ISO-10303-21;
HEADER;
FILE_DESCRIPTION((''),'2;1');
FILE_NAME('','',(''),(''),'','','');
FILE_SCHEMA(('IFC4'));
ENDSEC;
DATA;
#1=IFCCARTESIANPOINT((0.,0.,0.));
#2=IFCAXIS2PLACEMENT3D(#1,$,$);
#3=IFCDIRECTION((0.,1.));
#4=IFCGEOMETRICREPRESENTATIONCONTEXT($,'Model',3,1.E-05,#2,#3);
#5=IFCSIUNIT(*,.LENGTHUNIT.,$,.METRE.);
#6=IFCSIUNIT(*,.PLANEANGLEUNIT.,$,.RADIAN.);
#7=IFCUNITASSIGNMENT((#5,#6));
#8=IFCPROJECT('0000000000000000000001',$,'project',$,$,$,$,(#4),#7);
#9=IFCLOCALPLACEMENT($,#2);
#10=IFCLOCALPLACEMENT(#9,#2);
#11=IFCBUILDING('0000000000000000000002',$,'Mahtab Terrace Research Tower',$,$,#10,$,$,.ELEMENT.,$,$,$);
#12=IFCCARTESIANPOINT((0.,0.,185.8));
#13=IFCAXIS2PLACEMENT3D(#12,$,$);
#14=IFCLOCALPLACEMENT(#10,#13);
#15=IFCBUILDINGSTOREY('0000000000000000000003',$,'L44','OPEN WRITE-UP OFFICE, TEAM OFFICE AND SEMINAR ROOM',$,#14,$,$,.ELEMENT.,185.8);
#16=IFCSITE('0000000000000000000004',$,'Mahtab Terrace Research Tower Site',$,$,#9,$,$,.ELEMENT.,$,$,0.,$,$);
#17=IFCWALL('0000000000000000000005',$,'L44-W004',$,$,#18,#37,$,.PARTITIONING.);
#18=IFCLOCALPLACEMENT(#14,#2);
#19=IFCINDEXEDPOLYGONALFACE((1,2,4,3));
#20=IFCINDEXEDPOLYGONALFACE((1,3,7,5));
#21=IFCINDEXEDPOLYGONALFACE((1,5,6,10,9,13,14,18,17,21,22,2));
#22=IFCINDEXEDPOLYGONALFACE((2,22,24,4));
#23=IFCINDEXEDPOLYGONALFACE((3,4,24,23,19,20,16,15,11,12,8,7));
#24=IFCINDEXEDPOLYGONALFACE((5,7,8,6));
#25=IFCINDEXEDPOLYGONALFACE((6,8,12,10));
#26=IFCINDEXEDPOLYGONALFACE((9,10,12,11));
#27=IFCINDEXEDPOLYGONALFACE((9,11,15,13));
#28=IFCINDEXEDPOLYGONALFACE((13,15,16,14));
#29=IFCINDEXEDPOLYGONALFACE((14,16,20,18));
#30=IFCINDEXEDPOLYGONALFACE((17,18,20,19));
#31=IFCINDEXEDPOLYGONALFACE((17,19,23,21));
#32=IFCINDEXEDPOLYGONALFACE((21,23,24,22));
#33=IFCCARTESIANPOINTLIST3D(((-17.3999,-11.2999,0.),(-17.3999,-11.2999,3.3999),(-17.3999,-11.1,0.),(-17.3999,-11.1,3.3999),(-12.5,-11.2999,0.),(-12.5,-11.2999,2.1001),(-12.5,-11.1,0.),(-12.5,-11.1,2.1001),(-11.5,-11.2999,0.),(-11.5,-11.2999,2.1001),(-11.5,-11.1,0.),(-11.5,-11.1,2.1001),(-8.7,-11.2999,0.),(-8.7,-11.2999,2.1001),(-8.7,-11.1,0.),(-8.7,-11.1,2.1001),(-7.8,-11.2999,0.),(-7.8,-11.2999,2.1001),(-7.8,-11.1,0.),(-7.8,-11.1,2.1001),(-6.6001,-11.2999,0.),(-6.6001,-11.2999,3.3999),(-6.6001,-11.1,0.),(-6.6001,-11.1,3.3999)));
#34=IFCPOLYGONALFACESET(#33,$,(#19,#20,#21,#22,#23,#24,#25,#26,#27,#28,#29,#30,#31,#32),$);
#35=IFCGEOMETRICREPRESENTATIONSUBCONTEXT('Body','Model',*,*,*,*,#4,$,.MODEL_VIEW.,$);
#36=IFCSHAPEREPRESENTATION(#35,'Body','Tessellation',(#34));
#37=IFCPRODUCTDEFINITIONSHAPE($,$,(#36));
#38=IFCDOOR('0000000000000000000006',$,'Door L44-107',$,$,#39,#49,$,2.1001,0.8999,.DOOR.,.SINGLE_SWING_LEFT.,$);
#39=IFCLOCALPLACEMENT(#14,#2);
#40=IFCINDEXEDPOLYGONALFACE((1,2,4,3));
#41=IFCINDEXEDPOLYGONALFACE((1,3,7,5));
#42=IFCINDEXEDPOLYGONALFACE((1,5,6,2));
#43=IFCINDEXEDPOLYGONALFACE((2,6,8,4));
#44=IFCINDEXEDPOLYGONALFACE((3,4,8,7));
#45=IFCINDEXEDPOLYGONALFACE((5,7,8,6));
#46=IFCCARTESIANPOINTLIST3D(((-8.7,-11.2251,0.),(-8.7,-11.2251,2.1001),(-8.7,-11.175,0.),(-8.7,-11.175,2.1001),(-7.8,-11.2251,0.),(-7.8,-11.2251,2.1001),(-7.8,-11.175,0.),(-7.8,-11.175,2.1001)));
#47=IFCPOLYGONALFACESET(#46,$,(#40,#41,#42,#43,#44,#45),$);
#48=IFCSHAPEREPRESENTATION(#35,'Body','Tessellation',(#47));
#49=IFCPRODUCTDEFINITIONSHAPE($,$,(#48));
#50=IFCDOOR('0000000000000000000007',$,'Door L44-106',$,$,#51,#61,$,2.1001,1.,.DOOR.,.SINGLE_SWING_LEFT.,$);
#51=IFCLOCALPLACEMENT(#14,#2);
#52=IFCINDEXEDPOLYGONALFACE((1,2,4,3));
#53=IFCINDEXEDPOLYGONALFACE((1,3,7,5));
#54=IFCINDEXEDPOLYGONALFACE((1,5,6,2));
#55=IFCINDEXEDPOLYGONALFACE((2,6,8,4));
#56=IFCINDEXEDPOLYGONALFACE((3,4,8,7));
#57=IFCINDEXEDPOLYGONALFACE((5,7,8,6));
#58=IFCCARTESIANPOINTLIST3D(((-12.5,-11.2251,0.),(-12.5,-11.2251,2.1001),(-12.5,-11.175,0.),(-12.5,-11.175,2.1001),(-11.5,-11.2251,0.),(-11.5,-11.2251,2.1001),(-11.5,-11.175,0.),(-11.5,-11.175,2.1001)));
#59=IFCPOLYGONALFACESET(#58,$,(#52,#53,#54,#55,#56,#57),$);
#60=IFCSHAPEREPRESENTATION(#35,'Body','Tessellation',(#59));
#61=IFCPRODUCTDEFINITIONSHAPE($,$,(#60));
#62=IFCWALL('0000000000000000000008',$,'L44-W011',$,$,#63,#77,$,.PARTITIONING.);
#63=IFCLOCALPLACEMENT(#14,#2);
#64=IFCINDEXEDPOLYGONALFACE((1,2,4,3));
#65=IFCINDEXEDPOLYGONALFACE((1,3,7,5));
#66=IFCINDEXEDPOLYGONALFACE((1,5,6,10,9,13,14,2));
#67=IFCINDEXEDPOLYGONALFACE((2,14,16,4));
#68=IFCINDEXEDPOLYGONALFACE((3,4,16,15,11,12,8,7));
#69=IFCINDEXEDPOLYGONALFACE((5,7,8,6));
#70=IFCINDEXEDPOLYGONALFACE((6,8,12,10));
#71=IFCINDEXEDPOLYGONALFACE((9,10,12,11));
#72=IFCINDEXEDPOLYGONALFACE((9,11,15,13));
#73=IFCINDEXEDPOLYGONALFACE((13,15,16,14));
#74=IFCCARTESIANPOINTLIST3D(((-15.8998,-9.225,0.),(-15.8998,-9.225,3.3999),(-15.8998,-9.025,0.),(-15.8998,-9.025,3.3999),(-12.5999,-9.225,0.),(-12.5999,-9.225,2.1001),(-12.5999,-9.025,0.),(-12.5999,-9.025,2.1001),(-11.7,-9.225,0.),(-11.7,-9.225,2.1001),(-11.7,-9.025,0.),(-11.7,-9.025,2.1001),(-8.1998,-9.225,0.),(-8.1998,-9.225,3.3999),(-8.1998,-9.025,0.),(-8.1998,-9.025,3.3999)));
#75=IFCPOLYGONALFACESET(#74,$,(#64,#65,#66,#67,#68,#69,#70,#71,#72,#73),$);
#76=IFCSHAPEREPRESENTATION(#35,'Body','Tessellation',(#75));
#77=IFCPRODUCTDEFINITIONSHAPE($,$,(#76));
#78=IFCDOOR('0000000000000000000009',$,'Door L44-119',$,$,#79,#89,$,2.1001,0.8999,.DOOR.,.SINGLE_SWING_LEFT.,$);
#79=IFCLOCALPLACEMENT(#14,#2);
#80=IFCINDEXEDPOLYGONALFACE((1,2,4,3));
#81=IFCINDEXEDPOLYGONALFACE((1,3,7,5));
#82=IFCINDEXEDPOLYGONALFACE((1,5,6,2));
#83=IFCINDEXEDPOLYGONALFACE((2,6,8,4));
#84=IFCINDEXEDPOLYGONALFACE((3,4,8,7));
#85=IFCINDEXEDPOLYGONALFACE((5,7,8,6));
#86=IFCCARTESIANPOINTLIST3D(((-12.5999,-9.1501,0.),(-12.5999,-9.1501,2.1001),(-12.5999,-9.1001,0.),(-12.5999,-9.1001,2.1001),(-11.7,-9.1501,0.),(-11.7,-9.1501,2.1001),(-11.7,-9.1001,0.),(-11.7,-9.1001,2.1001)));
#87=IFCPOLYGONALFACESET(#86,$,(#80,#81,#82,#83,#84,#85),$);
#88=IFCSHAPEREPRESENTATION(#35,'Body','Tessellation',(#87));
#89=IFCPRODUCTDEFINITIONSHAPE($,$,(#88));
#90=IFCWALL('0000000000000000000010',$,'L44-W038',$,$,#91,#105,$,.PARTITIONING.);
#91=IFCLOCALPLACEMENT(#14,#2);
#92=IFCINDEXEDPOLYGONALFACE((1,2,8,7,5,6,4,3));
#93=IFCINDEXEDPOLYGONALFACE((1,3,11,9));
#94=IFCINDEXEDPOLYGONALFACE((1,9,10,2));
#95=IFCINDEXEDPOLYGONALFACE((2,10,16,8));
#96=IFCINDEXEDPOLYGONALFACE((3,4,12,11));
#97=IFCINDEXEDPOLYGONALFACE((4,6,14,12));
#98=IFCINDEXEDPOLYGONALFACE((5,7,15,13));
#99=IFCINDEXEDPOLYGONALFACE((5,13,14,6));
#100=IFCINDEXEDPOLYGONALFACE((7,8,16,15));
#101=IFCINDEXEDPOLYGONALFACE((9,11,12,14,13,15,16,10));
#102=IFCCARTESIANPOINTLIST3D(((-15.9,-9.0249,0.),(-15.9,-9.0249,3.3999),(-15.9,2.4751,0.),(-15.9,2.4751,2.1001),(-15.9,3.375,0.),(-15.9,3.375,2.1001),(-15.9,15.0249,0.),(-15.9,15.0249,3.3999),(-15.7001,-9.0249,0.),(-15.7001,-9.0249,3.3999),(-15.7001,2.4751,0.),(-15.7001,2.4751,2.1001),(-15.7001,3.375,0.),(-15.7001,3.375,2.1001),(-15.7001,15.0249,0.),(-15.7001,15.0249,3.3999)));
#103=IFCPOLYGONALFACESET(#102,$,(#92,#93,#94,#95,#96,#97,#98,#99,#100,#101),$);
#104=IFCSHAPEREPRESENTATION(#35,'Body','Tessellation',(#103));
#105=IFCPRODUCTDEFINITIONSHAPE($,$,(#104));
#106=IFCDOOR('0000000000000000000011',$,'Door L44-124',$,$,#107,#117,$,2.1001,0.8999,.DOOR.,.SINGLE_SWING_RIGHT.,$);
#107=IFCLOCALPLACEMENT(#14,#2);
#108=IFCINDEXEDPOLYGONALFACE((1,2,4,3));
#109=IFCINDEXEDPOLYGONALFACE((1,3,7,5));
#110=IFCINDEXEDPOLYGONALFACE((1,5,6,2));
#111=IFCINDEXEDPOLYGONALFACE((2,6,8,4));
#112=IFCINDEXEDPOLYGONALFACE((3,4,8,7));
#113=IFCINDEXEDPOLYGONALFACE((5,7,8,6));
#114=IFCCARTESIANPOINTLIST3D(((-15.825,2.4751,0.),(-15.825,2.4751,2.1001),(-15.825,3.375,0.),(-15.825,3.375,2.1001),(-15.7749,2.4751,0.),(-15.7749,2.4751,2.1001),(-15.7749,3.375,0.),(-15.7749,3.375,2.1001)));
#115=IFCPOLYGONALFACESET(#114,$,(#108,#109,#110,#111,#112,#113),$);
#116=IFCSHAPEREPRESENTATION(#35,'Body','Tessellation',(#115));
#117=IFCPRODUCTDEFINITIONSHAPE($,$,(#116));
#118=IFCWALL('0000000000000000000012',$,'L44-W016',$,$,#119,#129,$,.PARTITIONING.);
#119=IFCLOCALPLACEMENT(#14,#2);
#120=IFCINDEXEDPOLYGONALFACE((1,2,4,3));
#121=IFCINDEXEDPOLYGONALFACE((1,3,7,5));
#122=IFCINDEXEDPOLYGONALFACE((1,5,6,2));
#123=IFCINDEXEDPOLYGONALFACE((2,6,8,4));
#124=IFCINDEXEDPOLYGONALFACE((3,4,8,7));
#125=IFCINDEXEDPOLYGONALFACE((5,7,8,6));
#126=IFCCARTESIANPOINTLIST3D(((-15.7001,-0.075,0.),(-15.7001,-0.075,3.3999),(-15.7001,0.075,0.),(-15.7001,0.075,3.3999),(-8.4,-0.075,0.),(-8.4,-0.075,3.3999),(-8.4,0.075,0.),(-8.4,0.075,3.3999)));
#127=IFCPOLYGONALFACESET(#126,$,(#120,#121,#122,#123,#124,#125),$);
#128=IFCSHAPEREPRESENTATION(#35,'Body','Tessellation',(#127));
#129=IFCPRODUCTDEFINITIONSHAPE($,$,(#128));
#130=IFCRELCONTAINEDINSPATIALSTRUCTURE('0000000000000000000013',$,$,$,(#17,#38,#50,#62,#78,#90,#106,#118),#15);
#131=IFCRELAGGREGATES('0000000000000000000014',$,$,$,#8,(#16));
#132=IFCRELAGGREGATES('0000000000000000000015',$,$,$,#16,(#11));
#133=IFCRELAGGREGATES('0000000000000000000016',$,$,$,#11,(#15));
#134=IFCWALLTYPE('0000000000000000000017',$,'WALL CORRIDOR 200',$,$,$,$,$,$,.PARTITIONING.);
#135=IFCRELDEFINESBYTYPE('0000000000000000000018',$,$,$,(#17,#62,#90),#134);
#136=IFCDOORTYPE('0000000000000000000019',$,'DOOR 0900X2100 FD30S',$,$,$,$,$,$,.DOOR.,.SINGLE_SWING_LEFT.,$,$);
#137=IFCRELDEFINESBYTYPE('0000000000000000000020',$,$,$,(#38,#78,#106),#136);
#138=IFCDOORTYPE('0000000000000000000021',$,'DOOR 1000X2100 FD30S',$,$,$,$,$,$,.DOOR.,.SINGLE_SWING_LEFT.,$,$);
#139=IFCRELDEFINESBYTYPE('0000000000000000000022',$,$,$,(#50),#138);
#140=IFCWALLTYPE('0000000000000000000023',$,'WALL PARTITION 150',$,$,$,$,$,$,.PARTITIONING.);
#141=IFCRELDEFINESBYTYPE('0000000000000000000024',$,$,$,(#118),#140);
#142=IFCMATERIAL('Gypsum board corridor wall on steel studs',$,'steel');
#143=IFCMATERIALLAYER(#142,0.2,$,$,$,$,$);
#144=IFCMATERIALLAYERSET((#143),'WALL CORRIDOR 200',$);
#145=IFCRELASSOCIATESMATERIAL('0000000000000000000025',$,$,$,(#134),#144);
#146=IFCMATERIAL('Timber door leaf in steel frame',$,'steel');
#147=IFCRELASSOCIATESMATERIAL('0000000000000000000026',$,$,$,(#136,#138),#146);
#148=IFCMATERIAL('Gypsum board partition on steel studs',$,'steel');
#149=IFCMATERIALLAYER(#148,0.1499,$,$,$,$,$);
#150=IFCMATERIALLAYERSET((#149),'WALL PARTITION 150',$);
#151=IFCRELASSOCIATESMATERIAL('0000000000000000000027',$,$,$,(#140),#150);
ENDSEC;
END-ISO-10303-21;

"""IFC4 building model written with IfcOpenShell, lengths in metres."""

from ifc_helpers import new_model, si_unit, direction, frame, frame_2d, origin, place, context, subcontext, project, spatial, rectangle, extrude, material, layer, layer_set, type_object, element, fill, save


model = new_model("IFC4")

# Units and contexts
model_context = context("Model", 3, precision=1e-05, world=origin(), true_north=direction((0.0, 1.0)))
body_context = subcontext(model_context, "Body", "Model", "MODEL_VIEW")
ifc_project = project(units=[si_unit("LENGTHUNIT", "METRE"), si_unit("PLANEANGLEUNIT", "RADIAN")], contexts=[model_context])

# Site, building, storey
site_placement = place(None, origin())
site = spatial("IfcSite", under=ifc_project, at=site_placement, Name="Mahtab Terrace Research Tower Site", CompositionType="ELEMENT", RefElevation=0.0)
building_placement = place(site_placement, origin())
building = spatial("IfcBuilding", under=site, at=building_placement, Name="Mahtab Terrace Research Tower", CompositionType="ELEMENT")
storey_placement = place(building_placement, frame((0.0, 0.0, 185.8)))
storey = spatial("IfcBuildingStorey", under=building, at=storey_placement, Name="L44", Description="OPEN WRITE-UP OFFICE, TEAM OFFICE AND SEMINAR ROOM", CompositionType="ELEMENT", Elevation=185.8)

# Wall, openings, doors
ifc_material_1 = material(Name="Gypsum board corridor wall on steel studs", Category="steel")
ifc_layer_1 = layer(ifc_material_1, 0.2)
ifc_layer_set_1 = layer_set([ifc_layer_1], Name="WALL CORRIDOR 200")
wall_type_1 = type_object("IfcWallType", Name="WALL CORRIDOR 200", PredefinedType="PARTITIONING", material=ifc_layer_set_1)
wall_1_placement = place(storey_placement, frame((-17.3999, -11.2, 0.0), z_axis=(0.0, 0.0, 1.0), x_axis=(1.0, 0.0, 0.0)))
wall_1 = element("IfcWall", 1, at=wall_1_placement, inside=storey, type_object=wall_type_1, Name="L44-W004", PredefinedType="PARTITIONING", context=body_context, shape_type="SweptSolid", body=[
    extrude(rectangle(XDim=10.7998, YDim=0.2, at=frame_2d((5.3999, 0.0))), origin(), (0.0, 0.0, 1.0), 3.3999),
])
opening_1_placement = place(wall_1_placement, frame((4.8999, 0.0, 0.0)))
opening_1 = element("IfcOpeningElement", 2, at=opening_1_placement, cuts=wall_1, PredefinedType="OPENING", context=body_context, shape_type="SweptSolid", body=[
    extrude(rectangle(XDim=1.0, YDim=2.1001, at=frame_2d((0.5, 1.05))), frame((0.0, 0.1099, 0.0), z_axis=(0.0, -1.0, 0.0), x_axis=(1.0, 0.0, 0.0)), (0.0, 0.0, 1.0), 0.22),
])
opening_2_placement = place(wall_1_placement, frame((8.7, 0.0, 0.0)))
opening_2 = element("IfcOpeningElement", 3, at=opening_2_placement, cuts=wall_1, PredefinedType="OPENING", context=body_context, shape_type="SweptSolid", body=[
    extrude(rectangle(XDim=0.8999, YDim=2.1001, at=frame_2d((0.45, 1.05))), frame((0.0, 0.1099, 0.0), z_axis=(0.0, -1.0, 0.0), x_axis=(1.0, 0.0, 0.0)), (0.0, 0.0, 1.0), 0.22),
])
ifc_material_2 = material(Name="Timber door leaf in steel frame", Category="steel")
door_type_1 = type_object("IfcDoorType", Name="DOOR 0900X2100 FD30S", OperationType="SINGLE_SWING_LEFT", PredefinedType="DOOR", material=ifc_material_2)
door_1_placement = place(opening_2_placement, origin())
door_1 = element("IfcDoor", 4, at=door_1_placement, inside=storey, type_object=door_type_1, Name="Door L44-107", OperationType="SINGLE_SWING_LEFT", OverallHeight=2.1001, OverallWidth=0.8999, PredefinedType="DOOR", context=body_context, shape_type="SweptSolid", body=[
    extrude(rectangle(XDim=0.8999, YDim=2.1001, at=frame_2d((0.45, 1.05))), frame((0.0, 0.0249, 0.0), z_axis=(0.0, -1.0, 0.0), x_axis=(1.0, 0.0, 0.0)), (0.0, 0.0, 1.0), 0.05),
])
fill(opening_2, door_1)
door_type_2 = type_object("IfcDoorType", Name="DOOR 1000X2100 FD30S", OperationType="SINGLE_SWING_LEFT", PredefinedType="DOOR", material=ifc_material_2)
door_2_placement = place(opening_1_placement, origin())
door_2 = element("IfcDoor", 5, at=door_2_placement, inside=storey, type_object=door_type_2, Name="Door L44-106", OperationType="SINGLE_SWING_LEFT", OverallHeight=2.1001, OverallWidth=1.0, PredefinedType="DOOR", context=body_context, shape_type="SweptSolid", body=[
    extrude(rectangle(XDim=1.0, YDim=2.1001, at=frame_2d((0.5, 1.05))), frame((0.0, 0.0249, 0.0), z_axis=(0.0, -1.0, 0.0), x_axis=(1.0, 0.0, 0.0)), (0.0, 0.0, 1.0), 0.05),
])
fill(opening_1, door_2)

# Walls, openings, doors
wall_2_placement = place(storey_placement, frame((-15.8999, -9.125, 0.0), z_axis=(0.0, 0.0, 1.0), x_axis=(1.0, 0.0, 0.0)))
wall_2 = element("IfcWall", 6, at=wall_2_placement, inside=storey, type_object=wall_type_1, Name="L44-W011", PredefinedType="PARTITIONING", context=body_context, shape_type="SweptSolid", body=[
    extrude(rectangle(XDim=7.7, YDim=0.2, at=frame_2d((3.8501, 0.0))), origin(), (0.0, 0.0, 1.0), 3.3999),
])
opening_3_placement = place(wall_2_placement, frame((3.3, 0.0, 0.0)))
opening_3 = element("IfcOpeningElement", 7, at=opening_3_placement, cuts=wall_2, PredefinedType="OPENING", context=body_context, shape_type="SweptSolid", body=[
    extrude(rectangle(XDim=0.8999, YDim=2.1001, at=frame_2d((0.45, 1.05))), frame((0.0, 0.1099, 0.0), z_axis=(0.0, -1.0, 0.0), x_axis=(1.0, 0.0, 0.0)), (0.0, 0.0, 1.0), 0.22),
])
door_3_placement = place(opening_3_placement, origin())
door_3 = element("IfcDoor", 8, at=door_3_placement, inside=storey, type_object=door_type_1, Name="Door L44-119", OperationType="SINGLE_SWING_LEFT", OverallHeight=2.1001, OverallWidth=0.8999, PredefinedType="DOOR", context=body_context, shape_type="SweptSolid", body=[
    extrude(rectangle(XDim=0.8999, YDim=2.1001, at=frame_2d((0.45, 1.05))), frame((0.0, 0.0249, 0.0), z_axis=(0.0, -1.0, 0.0), x_axis=(1.0, 0.0, 0.0)), (0.0, 0.0, 1.0), 0.05),
])
fill(opening_3, door_3)
wall_3_placement = place(storey_placement, frame((-15.8, -9.0249, 0.0), z_axis=(0.0, 0.0, 1.0), x_axis=(0.0, 1.0, 0.0)))
wall_3 = element("IfcWall", 9, at=wall_3_placement, inside=storey, type_object=wall_type_1, Name="L44-W038", PredefinedType="PARTITIONING", context=body_context, shape_type="SweptSolid", body=[
    extrude(rectangle(XDim=24.0498, YDim=0.2, at=frame_2d((12.0249, 0.0))), origin(), (0.0, 0.0, 1.0), 3.3999),
])
opening_4_placement = place(wall_3_placement, frame((11.5, 0.0, 0.0)))
opening_4 = element("IfcOpeningElement", 10, at=opening_4_placement, cuts=wall_3, PredefinedType="OPENING", context=body_context, shape_type="SweptSolid", body=[
    extrude(rectangle(XDim=0.8999, YDim=2.1001, at=frame_2d((0.45, 1.05))), frame((0.0, 0.1099, 0.0), z_axis=(0.0, -1.0, 0.0), x_axis=(1.0, 0.0, 0.0)), (0.0, 0.0, 1.0), 0.22),
])
door_4_placement = place(opening_4_placement, origin())
door_4 = element("IfcDoor", 11, at=door_4_placement, inside=storey, type_object=door_type_1, Name="Door L44-124", OperationType="SINGLE_SWING_RIGHT", OverallHeight=2.1001, OverallWidth=0.8999, PredefinedType="DOOR", context=body_context, shape_type="SweptSolid", body=[
    extrude(rectangle(XDim=0.8999, YDim=2.1001, at=frame_2d((0.45, 1.05))), frame((0.0, 0.0249, 0.0), z_axis=(0.0, -1.0, 0.0), x_axis=(1.0, 0.0, 0.0)), (0.0, 0.0, 1.0), 0.05),
])
fill(opening_4, door_4)

# Wall
ifc_material_3 = material(Name="Gypsum board partition on steel studs", Category="steel")
ifc_layer_2 = layer(ifc_material_3, 0.1499)
ifc_layer_set_2 = layer_set([ifc_layer_2], Name="WALL PARTITION 150")
wall_type_2 = type_object("IfcWallType", Name="WALL PARTITION 150", PredefinedType="PARTITIONING", material=ifc_layer_set_2)
wall_4_placement = place(storey_placement, frame((-15.7, 0.0, 0.0), z_axis=(0.0, 0.0, 1.0), x_axis=(1.0, 0.0, 0.0)))
element("IfcWall", 12, at=wall_4_placement, inside=storey, type_object=wall_type_2, Name="L44-W016", PredefinedType="PARTITIONING", context=body_context, shape_type="SweptSolid", body=[
    extrude(rectangle(XDim=7.3, YDim=0.1499, at=frame_2d((3.6499, 0.0))), origin(), (0.0, 0.0, 1.0), 3.3999),
])

save(model, "model.ifc")
